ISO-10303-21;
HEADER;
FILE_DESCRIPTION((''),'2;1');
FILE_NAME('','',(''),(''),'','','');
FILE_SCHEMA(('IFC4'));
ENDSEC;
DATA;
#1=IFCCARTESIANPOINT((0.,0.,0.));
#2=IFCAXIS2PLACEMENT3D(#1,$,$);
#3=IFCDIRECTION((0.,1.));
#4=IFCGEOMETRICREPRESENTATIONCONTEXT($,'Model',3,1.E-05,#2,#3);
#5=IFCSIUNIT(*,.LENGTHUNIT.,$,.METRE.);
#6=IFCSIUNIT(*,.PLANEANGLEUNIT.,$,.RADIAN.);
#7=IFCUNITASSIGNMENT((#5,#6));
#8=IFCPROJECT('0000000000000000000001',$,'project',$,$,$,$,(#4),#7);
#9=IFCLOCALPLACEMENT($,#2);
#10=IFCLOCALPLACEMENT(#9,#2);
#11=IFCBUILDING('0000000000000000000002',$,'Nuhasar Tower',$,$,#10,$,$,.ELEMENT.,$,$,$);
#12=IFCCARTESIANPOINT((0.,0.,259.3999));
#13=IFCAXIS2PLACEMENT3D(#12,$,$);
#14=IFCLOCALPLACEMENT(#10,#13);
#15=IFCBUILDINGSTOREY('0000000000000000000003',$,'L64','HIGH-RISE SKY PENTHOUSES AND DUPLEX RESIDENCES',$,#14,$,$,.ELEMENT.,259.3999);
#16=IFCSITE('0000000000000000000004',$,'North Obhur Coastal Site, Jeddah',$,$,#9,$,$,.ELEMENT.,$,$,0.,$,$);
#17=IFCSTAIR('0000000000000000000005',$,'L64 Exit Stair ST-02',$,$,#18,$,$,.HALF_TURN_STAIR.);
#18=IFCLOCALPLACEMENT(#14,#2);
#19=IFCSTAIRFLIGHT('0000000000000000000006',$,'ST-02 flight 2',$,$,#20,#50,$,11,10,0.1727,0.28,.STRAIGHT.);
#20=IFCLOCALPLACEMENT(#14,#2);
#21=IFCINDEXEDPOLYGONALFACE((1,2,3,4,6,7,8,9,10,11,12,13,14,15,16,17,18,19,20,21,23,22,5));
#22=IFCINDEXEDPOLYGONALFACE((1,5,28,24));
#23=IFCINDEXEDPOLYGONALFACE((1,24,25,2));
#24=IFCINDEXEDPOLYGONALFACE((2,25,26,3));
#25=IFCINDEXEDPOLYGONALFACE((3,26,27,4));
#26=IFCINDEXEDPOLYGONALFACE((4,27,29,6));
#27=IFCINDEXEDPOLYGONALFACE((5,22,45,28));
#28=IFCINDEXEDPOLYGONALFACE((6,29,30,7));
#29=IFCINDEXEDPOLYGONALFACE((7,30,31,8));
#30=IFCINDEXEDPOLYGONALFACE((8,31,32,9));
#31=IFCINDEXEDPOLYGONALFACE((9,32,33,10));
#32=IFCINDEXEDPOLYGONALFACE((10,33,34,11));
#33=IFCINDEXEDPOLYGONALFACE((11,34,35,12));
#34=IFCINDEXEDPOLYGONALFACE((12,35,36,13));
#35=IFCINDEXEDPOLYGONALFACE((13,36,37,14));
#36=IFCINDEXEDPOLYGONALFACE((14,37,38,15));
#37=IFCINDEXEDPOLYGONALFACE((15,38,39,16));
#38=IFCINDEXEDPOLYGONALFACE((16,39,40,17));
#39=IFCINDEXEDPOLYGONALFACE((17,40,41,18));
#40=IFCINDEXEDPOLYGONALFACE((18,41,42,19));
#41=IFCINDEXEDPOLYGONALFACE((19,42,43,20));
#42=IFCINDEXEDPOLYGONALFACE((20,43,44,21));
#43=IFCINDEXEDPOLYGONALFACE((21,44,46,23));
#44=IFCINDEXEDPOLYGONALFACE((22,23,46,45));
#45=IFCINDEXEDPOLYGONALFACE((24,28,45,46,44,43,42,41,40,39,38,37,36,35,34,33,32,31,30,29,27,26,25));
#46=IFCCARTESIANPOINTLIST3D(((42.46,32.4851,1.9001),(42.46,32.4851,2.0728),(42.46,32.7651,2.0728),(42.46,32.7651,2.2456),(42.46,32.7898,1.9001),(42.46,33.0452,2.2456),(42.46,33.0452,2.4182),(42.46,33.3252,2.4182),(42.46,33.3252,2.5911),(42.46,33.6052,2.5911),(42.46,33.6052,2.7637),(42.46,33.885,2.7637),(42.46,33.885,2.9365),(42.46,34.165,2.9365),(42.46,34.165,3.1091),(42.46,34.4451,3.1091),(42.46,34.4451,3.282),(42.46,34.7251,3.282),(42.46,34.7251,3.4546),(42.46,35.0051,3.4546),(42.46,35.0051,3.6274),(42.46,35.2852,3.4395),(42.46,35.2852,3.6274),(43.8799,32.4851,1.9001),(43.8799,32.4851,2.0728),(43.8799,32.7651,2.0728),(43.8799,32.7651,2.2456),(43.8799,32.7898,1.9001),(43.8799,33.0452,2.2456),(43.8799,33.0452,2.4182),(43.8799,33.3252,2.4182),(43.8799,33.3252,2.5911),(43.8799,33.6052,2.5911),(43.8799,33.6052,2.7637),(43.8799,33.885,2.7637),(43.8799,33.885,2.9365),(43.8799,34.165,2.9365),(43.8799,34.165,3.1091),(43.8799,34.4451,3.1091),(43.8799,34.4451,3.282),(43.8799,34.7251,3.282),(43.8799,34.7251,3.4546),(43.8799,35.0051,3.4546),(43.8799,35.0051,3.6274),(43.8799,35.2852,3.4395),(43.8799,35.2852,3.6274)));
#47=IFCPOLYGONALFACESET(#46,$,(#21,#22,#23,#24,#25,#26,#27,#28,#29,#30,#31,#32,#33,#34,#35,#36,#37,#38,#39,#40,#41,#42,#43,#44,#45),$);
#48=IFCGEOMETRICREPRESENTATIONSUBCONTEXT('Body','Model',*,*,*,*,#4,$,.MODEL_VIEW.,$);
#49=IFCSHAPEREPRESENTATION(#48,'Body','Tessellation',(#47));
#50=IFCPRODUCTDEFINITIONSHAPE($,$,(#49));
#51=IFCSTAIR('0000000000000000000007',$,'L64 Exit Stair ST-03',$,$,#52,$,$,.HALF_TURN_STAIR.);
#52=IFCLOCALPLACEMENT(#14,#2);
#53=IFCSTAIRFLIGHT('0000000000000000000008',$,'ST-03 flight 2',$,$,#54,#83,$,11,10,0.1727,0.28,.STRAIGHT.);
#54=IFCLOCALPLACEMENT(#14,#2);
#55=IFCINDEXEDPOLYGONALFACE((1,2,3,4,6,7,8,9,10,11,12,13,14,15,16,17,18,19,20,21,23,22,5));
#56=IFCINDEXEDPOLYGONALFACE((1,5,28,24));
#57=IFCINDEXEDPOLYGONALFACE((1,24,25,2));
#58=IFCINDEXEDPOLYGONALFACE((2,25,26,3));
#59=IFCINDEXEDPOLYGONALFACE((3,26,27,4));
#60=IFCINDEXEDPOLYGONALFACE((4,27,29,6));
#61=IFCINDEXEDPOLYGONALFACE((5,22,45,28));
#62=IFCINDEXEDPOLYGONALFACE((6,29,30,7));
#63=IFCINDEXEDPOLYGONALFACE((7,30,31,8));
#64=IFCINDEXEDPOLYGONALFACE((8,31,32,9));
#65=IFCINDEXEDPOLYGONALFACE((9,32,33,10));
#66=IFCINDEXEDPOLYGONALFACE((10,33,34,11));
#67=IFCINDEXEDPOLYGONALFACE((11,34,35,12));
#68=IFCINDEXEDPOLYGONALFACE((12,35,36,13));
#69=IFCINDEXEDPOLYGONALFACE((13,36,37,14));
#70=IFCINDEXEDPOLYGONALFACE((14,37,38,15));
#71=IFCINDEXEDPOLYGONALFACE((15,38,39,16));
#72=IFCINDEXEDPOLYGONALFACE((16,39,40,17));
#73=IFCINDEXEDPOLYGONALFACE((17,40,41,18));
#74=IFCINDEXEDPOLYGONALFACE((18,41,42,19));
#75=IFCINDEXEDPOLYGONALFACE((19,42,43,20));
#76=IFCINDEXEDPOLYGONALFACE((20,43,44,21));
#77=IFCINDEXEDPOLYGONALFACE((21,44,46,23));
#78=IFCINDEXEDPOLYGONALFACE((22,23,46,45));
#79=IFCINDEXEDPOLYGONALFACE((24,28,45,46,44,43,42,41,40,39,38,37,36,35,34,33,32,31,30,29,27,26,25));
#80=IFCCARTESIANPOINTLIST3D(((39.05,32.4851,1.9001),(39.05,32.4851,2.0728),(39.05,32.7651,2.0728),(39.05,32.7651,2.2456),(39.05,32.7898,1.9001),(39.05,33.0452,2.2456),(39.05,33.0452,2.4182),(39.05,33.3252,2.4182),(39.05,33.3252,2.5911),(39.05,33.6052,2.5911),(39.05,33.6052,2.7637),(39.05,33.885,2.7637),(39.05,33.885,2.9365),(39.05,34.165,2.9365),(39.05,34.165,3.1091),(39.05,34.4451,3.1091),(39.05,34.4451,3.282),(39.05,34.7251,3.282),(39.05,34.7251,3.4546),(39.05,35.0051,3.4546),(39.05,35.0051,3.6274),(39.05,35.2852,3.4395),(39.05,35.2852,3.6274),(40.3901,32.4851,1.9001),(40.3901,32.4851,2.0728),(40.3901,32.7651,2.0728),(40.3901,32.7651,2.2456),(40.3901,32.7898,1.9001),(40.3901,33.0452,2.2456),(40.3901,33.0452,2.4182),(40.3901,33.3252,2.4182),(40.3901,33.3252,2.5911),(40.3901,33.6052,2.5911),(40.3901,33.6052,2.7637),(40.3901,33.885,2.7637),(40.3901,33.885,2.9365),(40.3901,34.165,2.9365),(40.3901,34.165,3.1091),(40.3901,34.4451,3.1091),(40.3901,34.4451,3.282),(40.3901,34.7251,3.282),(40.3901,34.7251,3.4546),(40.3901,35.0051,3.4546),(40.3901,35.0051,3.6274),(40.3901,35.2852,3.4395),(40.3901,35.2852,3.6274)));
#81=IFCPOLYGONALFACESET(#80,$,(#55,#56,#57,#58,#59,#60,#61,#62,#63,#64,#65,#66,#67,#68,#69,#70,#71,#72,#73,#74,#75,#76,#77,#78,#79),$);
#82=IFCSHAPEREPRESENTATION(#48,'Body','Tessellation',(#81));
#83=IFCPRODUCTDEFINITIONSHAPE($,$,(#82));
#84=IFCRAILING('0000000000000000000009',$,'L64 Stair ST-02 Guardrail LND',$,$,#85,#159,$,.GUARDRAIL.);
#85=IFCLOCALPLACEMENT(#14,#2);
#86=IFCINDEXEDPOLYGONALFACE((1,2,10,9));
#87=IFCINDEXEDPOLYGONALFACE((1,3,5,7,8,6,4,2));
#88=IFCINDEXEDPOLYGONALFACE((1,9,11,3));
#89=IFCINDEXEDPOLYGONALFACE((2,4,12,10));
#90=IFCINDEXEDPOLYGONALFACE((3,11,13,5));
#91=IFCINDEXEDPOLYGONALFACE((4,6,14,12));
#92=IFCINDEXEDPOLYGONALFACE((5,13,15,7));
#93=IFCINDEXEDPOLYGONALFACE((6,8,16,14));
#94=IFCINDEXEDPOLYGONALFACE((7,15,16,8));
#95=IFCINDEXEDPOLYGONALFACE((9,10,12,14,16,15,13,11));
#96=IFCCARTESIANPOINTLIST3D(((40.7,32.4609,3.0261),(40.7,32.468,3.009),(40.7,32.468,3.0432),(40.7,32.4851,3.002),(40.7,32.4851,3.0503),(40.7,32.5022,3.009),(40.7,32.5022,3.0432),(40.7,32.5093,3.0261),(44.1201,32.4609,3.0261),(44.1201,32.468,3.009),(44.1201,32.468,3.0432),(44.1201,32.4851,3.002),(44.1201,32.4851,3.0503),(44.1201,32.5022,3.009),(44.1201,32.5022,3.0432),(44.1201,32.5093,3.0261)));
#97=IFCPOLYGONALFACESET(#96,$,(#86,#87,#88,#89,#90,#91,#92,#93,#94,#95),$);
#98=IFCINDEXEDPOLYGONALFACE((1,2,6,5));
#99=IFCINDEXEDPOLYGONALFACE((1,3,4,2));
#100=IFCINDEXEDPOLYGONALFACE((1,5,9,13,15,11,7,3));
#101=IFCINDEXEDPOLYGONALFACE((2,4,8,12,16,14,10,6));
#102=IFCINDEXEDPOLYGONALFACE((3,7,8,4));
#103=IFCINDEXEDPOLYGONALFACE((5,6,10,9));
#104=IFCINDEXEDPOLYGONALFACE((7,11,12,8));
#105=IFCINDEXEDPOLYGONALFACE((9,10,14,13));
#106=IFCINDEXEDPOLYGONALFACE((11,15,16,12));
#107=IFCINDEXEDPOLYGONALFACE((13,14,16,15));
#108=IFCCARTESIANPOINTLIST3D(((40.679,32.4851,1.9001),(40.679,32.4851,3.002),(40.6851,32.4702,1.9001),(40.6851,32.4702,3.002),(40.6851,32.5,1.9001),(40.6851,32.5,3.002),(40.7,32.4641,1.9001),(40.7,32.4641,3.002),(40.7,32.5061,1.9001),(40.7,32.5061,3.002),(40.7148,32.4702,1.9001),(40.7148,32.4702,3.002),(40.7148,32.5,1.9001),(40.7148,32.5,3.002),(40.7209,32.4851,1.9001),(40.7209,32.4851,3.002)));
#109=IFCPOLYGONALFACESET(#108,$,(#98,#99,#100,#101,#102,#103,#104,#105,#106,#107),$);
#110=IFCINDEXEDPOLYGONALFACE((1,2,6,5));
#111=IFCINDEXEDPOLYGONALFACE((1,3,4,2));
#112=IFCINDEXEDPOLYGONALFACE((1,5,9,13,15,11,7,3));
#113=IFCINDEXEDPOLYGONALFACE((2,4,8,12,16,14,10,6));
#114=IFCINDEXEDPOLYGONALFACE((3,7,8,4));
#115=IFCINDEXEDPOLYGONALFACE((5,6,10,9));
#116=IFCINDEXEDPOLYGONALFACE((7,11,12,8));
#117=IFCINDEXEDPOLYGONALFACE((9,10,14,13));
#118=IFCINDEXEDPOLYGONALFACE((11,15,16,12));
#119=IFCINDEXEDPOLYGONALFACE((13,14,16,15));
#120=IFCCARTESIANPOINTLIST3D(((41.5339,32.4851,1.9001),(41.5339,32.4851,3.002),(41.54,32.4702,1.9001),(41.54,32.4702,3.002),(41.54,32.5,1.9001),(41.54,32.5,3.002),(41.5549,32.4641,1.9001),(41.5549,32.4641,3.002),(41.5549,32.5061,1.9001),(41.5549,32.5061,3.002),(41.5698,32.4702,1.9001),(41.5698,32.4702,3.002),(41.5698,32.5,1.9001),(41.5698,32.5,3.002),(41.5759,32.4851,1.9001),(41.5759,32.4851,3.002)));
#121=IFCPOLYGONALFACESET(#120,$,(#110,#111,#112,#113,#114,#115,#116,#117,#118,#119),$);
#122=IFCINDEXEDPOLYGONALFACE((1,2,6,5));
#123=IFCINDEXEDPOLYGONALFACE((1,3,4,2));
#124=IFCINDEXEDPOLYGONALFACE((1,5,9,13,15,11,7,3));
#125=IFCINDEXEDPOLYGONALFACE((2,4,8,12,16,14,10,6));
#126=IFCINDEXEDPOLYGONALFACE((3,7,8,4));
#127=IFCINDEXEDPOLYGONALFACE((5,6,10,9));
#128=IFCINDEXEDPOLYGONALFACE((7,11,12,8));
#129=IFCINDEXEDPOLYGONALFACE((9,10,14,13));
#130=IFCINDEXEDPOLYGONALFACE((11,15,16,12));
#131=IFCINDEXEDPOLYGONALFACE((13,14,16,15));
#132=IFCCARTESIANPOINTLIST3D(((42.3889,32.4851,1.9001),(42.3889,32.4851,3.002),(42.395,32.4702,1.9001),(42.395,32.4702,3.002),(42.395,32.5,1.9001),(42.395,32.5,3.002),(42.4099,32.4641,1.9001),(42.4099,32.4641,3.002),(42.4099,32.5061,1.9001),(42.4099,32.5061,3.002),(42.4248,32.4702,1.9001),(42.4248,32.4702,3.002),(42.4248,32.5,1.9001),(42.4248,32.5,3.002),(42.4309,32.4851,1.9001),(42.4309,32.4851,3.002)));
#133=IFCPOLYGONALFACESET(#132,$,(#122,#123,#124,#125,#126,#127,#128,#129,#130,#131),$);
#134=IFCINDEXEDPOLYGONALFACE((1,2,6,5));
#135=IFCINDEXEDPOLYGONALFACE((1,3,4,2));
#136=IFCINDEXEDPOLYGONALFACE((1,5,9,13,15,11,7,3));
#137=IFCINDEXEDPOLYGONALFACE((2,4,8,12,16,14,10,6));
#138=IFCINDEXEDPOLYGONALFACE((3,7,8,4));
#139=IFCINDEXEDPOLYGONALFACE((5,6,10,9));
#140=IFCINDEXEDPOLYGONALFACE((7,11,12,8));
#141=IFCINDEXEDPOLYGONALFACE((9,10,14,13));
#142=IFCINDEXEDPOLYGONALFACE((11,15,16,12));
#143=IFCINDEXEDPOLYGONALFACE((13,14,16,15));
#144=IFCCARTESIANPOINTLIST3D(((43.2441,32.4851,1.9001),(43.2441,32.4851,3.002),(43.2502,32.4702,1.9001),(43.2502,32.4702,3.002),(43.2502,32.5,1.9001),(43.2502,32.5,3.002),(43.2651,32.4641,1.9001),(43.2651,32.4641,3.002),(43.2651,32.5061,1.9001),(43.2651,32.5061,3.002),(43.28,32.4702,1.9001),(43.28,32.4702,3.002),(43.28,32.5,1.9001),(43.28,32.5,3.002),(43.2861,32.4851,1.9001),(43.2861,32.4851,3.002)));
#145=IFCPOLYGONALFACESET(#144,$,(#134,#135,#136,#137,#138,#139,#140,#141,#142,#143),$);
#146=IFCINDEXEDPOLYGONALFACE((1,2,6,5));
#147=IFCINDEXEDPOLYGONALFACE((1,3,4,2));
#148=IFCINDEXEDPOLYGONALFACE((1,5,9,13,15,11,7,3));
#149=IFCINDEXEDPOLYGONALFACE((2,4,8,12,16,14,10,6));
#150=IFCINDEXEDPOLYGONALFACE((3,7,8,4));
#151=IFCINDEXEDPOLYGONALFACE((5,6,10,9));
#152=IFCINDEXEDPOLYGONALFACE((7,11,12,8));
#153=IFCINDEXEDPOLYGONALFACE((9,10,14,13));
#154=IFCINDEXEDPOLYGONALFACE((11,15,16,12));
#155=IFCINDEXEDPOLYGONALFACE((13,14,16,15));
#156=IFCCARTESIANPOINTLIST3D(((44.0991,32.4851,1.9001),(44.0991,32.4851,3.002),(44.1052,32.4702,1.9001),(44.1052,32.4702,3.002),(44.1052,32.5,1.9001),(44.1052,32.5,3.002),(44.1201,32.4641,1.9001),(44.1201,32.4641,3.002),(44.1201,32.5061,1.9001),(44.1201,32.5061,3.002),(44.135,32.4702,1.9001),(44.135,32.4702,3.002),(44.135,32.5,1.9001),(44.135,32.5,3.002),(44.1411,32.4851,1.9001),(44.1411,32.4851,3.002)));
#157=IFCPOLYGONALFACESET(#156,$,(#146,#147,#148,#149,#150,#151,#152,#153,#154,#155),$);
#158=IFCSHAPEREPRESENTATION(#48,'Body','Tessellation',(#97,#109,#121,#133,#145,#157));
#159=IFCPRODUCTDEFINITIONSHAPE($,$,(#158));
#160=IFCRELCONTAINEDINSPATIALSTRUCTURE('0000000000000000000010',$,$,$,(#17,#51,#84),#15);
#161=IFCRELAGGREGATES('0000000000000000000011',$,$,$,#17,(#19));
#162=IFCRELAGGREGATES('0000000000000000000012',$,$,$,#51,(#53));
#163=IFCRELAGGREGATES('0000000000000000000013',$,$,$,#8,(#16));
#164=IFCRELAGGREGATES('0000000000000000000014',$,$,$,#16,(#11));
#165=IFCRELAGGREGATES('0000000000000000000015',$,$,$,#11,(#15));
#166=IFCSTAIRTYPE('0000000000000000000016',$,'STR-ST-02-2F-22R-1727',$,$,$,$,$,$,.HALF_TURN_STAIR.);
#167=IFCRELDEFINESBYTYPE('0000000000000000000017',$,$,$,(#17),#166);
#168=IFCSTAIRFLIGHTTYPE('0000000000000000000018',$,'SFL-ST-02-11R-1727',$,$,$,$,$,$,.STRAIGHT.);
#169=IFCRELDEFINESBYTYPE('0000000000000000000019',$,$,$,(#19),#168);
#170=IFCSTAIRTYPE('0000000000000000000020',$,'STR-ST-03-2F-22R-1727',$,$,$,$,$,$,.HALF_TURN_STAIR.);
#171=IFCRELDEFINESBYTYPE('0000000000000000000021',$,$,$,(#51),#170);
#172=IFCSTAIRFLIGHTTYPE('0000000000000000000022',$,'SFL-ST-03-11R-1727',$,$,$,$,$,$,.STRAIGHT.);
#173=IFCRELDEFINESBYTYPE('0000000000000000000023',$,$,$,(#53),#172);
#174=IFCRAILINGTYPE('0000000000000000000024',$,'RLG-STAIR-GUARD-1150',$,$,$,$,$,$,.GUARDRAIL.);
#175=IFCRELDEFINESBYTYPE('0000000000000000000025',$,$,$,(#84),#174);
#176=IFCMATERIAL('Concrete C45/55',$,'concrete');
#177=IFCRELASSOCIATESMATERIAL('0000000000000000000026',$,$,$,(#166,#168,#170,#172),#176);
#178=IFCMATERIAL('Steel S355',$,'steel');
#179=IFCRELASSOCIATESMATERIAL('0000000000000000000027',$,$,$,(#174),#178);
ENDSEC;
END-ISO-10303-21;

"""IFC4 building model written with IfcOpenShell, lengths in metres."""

from ifc_helpers import new_model, si_unit, direction, frame, origin, place, context, subcontext, project, spatial, polyline, outline, extrude, material, type_object, element, aggregate, save


model = new_model("IFC4")

# Units and contexts
model_context = context("Model", 3, precision=1e-05, world=origin(), true_north=direction((0.0, 1.0)))
body_context = subcontext(model_context, "Body", "Model", "MODEL_VIEW")
ifc_project = project(units=[si_unit("LENGTHUNIT", "METRE"), si_unit("PLANEANGLEUNIT", "RADIAN")], contexts=[model_context])

# Site, building, storey
site_placement = place(None, origin())
site = spatial("IfcSite", under=ifc_project, at=site_placement, Name="North Obhur Coastal Site, Jeddah", CompositionType="ELEMENT", RefElevation=0.0)
building_placement = place(site_placement, origin())
building = spatial("IfcBuilding", under=site, at=building_placement, Name="Nuhasar Tower", CompositionType="ELEMENT")
storey_placement = place(building_placement, frame((0.0, 0.0, 259.3999)))
storey = spatial("IfcBuildingStorey", under=building, at=storey_placement, Name="L64", Description="HIGH-RISE SKY PENTHOUSES AND DUPLEX RESIDENCES", CompositionType="ELEMENT", Elevation=259.3999)

# Shared definitions
ifc_material_1 = material(Name="Steel S355", Category="steel")

# Shared definitions
ifc_material_2 = material(Name="Concrete C45/55", Category="concrete")

# Stair, stair flight
stair_type_1 = type_object("IfcStairType", Name="STR-ST-02-2F-22R-1727", PredefinedType="HALF_TURN_STAIR", material=ifc_material_2)
stair_1_placement = place(storey_placement, origin())
stair_1 = element("IfcStair", 1, at=stair_1_placement, inside=storey, type_object=stair_type_1, Name="L64 Exit Stair ST-02", PredefinedType="HALF_TURN_STAIR")
stair_flight_type_1 = type_object("IfcStairFlightType", Name="SFL-ST-02-11R-1727", PredefinedType="STRAIGHT", material=ifc_material_2)
stair_flight_1_placement = place(storey_placement, frame((43.1699, 32.4851, 1.9001), z_axis=(0.0, 0.0, 1.0), x_axis=(0.0, 1.0, 0.0)))
stair_flight_1 = element("IfcStairFlight", 2, at=stair_flight_1_placement, type_object=stair_flight_type_1, Name="ST-02 flight 2", NumberOfRisers=11, NumberOfTreads=10, PredefinedType="STRAIGHT", RiserHeight=0.1727, TreadLength=0.28, context=body_context, shape_type="SweptSolid", body=[
    extrude(outline(polyline([(0.0, 0.0), (0.0, 0.1726), (0.28, 0.1726), (0.28, 0.3455), (0.5601, 0.3455), (0.5601, 0.5181), (0.8401, 0.5181), (0.8401, 0.6909), (1.1201, 0.6909), (1.1201, 0.8635), (1.3999, 0.8635), (1.3999, 1.0364), (1.6799, 1.0364), (1.6799, 1.209), (1.96, 1.209), (1.96, 1.3818), (2.24, 1.3818), (2.24, 1.5544), (2.52, 1.5544), (2.52, 1.7273), (2.8, 1.7273), (2.8, 1.8999), (2.8, 1.5393), (0.3047, 0.0), (0.0, 0.0)])), frame((0.0, 0.71, 0.0), z_axis=(0.0, -1.0, 0.0), x_axis=(1.0, 0.0, 0.0)), (0.0, 0.0, 1.0), 1.4199),
])
aggregate(stair_1, [stair_flight_1])

# Stair, stair flight
stair_type_2 = type_object("IfcStairType", Name="STR-ST-03-2F-22R-1727", PredefinedType="HALF_TURN_STAIR", material=ifc_material_2)
stair_2_placement = place(storey_placement, origin())
stair_2 = element("IfcStair", 3, at=stair_2_placement, inside=storey, type_object=stair_type_2, Name="L64 Exit Stair ST-03", PredefinedType="HALF_TURN_STAIR")
stair_flight_type_2 = type_object("IfcStairFlightType", Name="SFL-ST-03-11R-1727", PredefinedType="STRAIGHT", material=ifc_material_2)
stair_flight_2_placement = place(storey_placement, frame((39.72, 32.4851, 1.9001), z_axis=(0.0, 0.0, 1.0), x_axis=(0.0, 1.0, 0.0)))
stair_flight_2 = element("IfcStairFlight", 4, at=stair_flight_2_placement, type_object=stair_flight_type_2, Name="ST-03 flight 2", NumberOfRisers=11, NumberOfTreads=10, PredefinedType="STRAIGHT", RiserHeight=0.1727, TreadLength=0.28, context=body_context, shape_type="SweptSolid", body=[
    extrude(outline(polyline([(0.0, 0.0), (0.0, 0.1726), (0.28, 0.1726), (0.28, 0.3455), (0.5601, 0.3455), (0.5601, 0.5181), (0.8401, 0.5181), (0.8401, 0.6909), (1.1201, 0.6909), (1.1201, 0.8635), (1.3999, 0.8635), (1.3999, 1.0364), (1.6799, 1.0364), (1.6799, 1.209), (1.96, 1.209), (1.96, 1.3818), (2.24, 1.3818), (2.24, 1.5544), (2.52, 1.5544), (2.52, 1.7273), (2.8, 1.7273), (2.8, 1.8999), (2.8, 1.5393), (0.3047, 0.0), (0.0, 0.0)])), frame((0.0, 0.6699, 0.0), z_axis=(0.0, -1.0, 0.0), x_axis=(1.0, 0.0, 0.0)), (0.0, 0.0, 1.0), 1.3401),
])
aggregate(stair_2, [stair_flight_2])

# Railing
railing_type_1 = type_object("IfcRailingType", Name="RLG-STAIR-GUARD-1150", PredefinedType="GUARDRAIL", material=ifc_material_1)
railing_1_placement = place(storey_placement, frame((40.7, 32.4851, 1.9001)))
element("IfcRailing", 5, at=railing_1_placement, inside=storey, type_object=railing_type_1, Name="L64 Stair ST-02 Guardrail LND", PredefinedType="GUARDRAIL", context=body_context, shape_type="SweptSolid", body=[
    extrude(outline(polyline([(0.0242, 0.0), (0.0171, 0.0171), (0.0, 0.0242), (-0.0171, 0.0171), (-0.0242, 0.0), (-0.0171, -0.0171), (0.0, -0.0242), (0.0171, -0.0171), (0.0242, 0.0)])), frame((0.0, 0.0, 1.126), z_axis=(1.0, 0.0, 0.0), x_axis=(0.0, 1.0, 0.0)), (0.0, 0.0, 1.0), 3.4202),
    extrude(outline(polyline([(0.021, 0.0), (0.0149, 0.0149), (0.0, 0.021), (-0.0149, 0.0149), (-0.021, 0.0), (-0.0149, -0.0149), (0.0, -0.021), (0.0149, -0.0149), (0.021, 0.0)])), origin(), (0.0, 0.0, 1.0), 1.1018),
    extrude(outline(polyline([(0.021, 0.0), (0.0149, 0.0149), (0.0, 0.021), (-0.0149, 0.0149), (-0.021, 0.0), (-0.0149, -0.0149), (0.0, -0.021), (0.0149, -0.0149), (0.021, 0.0)])), frame((0.855, 0.0, 0.0)), (0.0, 0.0, 1.0), 1.1018),
    extrude(outline(polyline([(0.021, 0.0), (0.0149, 0.0149), (0.0, 0.021), (-0.0149, 0.0149), (-0.021, 0.0), (-0.0149, -0.0149), (0.0, -0.021), (0.0149, -0.0149), (0.021, 0.0)])), frame((1.71, 0.0, 0.0)), (0.0, 0.0, 1.0), 1.1018),
    extrude(outline(polyline([(0.021, 0.0), (0.0149, 0.0149), (0.0, 0.021), (-0.0149, 0.0149), (-0.021, 0.0), (-0.0149, -0.0149), (0.0, -0.021), (0.0149, -0.0149), (0.021, 0.0)])), frame((2.5652, 0.0, 0.0)), (0.0, 0.0, 1.0), 1.1018),
    extrude(outline(polyline([(0.021, 0.0), (0.0149, 0.0149), (0.0, 0.021), (-0.0149, 0.0149), (-0.021, 0.0), (-0.0149, -0.0149), (0.0, -0.021), (0.0149, -0.0149), (0.021, 0.0)])), frame((3.4202, 0.0, 0.0)), (0.0, 0.0, 1.0), 1.1018),
])

save(model, "model.ifc")
